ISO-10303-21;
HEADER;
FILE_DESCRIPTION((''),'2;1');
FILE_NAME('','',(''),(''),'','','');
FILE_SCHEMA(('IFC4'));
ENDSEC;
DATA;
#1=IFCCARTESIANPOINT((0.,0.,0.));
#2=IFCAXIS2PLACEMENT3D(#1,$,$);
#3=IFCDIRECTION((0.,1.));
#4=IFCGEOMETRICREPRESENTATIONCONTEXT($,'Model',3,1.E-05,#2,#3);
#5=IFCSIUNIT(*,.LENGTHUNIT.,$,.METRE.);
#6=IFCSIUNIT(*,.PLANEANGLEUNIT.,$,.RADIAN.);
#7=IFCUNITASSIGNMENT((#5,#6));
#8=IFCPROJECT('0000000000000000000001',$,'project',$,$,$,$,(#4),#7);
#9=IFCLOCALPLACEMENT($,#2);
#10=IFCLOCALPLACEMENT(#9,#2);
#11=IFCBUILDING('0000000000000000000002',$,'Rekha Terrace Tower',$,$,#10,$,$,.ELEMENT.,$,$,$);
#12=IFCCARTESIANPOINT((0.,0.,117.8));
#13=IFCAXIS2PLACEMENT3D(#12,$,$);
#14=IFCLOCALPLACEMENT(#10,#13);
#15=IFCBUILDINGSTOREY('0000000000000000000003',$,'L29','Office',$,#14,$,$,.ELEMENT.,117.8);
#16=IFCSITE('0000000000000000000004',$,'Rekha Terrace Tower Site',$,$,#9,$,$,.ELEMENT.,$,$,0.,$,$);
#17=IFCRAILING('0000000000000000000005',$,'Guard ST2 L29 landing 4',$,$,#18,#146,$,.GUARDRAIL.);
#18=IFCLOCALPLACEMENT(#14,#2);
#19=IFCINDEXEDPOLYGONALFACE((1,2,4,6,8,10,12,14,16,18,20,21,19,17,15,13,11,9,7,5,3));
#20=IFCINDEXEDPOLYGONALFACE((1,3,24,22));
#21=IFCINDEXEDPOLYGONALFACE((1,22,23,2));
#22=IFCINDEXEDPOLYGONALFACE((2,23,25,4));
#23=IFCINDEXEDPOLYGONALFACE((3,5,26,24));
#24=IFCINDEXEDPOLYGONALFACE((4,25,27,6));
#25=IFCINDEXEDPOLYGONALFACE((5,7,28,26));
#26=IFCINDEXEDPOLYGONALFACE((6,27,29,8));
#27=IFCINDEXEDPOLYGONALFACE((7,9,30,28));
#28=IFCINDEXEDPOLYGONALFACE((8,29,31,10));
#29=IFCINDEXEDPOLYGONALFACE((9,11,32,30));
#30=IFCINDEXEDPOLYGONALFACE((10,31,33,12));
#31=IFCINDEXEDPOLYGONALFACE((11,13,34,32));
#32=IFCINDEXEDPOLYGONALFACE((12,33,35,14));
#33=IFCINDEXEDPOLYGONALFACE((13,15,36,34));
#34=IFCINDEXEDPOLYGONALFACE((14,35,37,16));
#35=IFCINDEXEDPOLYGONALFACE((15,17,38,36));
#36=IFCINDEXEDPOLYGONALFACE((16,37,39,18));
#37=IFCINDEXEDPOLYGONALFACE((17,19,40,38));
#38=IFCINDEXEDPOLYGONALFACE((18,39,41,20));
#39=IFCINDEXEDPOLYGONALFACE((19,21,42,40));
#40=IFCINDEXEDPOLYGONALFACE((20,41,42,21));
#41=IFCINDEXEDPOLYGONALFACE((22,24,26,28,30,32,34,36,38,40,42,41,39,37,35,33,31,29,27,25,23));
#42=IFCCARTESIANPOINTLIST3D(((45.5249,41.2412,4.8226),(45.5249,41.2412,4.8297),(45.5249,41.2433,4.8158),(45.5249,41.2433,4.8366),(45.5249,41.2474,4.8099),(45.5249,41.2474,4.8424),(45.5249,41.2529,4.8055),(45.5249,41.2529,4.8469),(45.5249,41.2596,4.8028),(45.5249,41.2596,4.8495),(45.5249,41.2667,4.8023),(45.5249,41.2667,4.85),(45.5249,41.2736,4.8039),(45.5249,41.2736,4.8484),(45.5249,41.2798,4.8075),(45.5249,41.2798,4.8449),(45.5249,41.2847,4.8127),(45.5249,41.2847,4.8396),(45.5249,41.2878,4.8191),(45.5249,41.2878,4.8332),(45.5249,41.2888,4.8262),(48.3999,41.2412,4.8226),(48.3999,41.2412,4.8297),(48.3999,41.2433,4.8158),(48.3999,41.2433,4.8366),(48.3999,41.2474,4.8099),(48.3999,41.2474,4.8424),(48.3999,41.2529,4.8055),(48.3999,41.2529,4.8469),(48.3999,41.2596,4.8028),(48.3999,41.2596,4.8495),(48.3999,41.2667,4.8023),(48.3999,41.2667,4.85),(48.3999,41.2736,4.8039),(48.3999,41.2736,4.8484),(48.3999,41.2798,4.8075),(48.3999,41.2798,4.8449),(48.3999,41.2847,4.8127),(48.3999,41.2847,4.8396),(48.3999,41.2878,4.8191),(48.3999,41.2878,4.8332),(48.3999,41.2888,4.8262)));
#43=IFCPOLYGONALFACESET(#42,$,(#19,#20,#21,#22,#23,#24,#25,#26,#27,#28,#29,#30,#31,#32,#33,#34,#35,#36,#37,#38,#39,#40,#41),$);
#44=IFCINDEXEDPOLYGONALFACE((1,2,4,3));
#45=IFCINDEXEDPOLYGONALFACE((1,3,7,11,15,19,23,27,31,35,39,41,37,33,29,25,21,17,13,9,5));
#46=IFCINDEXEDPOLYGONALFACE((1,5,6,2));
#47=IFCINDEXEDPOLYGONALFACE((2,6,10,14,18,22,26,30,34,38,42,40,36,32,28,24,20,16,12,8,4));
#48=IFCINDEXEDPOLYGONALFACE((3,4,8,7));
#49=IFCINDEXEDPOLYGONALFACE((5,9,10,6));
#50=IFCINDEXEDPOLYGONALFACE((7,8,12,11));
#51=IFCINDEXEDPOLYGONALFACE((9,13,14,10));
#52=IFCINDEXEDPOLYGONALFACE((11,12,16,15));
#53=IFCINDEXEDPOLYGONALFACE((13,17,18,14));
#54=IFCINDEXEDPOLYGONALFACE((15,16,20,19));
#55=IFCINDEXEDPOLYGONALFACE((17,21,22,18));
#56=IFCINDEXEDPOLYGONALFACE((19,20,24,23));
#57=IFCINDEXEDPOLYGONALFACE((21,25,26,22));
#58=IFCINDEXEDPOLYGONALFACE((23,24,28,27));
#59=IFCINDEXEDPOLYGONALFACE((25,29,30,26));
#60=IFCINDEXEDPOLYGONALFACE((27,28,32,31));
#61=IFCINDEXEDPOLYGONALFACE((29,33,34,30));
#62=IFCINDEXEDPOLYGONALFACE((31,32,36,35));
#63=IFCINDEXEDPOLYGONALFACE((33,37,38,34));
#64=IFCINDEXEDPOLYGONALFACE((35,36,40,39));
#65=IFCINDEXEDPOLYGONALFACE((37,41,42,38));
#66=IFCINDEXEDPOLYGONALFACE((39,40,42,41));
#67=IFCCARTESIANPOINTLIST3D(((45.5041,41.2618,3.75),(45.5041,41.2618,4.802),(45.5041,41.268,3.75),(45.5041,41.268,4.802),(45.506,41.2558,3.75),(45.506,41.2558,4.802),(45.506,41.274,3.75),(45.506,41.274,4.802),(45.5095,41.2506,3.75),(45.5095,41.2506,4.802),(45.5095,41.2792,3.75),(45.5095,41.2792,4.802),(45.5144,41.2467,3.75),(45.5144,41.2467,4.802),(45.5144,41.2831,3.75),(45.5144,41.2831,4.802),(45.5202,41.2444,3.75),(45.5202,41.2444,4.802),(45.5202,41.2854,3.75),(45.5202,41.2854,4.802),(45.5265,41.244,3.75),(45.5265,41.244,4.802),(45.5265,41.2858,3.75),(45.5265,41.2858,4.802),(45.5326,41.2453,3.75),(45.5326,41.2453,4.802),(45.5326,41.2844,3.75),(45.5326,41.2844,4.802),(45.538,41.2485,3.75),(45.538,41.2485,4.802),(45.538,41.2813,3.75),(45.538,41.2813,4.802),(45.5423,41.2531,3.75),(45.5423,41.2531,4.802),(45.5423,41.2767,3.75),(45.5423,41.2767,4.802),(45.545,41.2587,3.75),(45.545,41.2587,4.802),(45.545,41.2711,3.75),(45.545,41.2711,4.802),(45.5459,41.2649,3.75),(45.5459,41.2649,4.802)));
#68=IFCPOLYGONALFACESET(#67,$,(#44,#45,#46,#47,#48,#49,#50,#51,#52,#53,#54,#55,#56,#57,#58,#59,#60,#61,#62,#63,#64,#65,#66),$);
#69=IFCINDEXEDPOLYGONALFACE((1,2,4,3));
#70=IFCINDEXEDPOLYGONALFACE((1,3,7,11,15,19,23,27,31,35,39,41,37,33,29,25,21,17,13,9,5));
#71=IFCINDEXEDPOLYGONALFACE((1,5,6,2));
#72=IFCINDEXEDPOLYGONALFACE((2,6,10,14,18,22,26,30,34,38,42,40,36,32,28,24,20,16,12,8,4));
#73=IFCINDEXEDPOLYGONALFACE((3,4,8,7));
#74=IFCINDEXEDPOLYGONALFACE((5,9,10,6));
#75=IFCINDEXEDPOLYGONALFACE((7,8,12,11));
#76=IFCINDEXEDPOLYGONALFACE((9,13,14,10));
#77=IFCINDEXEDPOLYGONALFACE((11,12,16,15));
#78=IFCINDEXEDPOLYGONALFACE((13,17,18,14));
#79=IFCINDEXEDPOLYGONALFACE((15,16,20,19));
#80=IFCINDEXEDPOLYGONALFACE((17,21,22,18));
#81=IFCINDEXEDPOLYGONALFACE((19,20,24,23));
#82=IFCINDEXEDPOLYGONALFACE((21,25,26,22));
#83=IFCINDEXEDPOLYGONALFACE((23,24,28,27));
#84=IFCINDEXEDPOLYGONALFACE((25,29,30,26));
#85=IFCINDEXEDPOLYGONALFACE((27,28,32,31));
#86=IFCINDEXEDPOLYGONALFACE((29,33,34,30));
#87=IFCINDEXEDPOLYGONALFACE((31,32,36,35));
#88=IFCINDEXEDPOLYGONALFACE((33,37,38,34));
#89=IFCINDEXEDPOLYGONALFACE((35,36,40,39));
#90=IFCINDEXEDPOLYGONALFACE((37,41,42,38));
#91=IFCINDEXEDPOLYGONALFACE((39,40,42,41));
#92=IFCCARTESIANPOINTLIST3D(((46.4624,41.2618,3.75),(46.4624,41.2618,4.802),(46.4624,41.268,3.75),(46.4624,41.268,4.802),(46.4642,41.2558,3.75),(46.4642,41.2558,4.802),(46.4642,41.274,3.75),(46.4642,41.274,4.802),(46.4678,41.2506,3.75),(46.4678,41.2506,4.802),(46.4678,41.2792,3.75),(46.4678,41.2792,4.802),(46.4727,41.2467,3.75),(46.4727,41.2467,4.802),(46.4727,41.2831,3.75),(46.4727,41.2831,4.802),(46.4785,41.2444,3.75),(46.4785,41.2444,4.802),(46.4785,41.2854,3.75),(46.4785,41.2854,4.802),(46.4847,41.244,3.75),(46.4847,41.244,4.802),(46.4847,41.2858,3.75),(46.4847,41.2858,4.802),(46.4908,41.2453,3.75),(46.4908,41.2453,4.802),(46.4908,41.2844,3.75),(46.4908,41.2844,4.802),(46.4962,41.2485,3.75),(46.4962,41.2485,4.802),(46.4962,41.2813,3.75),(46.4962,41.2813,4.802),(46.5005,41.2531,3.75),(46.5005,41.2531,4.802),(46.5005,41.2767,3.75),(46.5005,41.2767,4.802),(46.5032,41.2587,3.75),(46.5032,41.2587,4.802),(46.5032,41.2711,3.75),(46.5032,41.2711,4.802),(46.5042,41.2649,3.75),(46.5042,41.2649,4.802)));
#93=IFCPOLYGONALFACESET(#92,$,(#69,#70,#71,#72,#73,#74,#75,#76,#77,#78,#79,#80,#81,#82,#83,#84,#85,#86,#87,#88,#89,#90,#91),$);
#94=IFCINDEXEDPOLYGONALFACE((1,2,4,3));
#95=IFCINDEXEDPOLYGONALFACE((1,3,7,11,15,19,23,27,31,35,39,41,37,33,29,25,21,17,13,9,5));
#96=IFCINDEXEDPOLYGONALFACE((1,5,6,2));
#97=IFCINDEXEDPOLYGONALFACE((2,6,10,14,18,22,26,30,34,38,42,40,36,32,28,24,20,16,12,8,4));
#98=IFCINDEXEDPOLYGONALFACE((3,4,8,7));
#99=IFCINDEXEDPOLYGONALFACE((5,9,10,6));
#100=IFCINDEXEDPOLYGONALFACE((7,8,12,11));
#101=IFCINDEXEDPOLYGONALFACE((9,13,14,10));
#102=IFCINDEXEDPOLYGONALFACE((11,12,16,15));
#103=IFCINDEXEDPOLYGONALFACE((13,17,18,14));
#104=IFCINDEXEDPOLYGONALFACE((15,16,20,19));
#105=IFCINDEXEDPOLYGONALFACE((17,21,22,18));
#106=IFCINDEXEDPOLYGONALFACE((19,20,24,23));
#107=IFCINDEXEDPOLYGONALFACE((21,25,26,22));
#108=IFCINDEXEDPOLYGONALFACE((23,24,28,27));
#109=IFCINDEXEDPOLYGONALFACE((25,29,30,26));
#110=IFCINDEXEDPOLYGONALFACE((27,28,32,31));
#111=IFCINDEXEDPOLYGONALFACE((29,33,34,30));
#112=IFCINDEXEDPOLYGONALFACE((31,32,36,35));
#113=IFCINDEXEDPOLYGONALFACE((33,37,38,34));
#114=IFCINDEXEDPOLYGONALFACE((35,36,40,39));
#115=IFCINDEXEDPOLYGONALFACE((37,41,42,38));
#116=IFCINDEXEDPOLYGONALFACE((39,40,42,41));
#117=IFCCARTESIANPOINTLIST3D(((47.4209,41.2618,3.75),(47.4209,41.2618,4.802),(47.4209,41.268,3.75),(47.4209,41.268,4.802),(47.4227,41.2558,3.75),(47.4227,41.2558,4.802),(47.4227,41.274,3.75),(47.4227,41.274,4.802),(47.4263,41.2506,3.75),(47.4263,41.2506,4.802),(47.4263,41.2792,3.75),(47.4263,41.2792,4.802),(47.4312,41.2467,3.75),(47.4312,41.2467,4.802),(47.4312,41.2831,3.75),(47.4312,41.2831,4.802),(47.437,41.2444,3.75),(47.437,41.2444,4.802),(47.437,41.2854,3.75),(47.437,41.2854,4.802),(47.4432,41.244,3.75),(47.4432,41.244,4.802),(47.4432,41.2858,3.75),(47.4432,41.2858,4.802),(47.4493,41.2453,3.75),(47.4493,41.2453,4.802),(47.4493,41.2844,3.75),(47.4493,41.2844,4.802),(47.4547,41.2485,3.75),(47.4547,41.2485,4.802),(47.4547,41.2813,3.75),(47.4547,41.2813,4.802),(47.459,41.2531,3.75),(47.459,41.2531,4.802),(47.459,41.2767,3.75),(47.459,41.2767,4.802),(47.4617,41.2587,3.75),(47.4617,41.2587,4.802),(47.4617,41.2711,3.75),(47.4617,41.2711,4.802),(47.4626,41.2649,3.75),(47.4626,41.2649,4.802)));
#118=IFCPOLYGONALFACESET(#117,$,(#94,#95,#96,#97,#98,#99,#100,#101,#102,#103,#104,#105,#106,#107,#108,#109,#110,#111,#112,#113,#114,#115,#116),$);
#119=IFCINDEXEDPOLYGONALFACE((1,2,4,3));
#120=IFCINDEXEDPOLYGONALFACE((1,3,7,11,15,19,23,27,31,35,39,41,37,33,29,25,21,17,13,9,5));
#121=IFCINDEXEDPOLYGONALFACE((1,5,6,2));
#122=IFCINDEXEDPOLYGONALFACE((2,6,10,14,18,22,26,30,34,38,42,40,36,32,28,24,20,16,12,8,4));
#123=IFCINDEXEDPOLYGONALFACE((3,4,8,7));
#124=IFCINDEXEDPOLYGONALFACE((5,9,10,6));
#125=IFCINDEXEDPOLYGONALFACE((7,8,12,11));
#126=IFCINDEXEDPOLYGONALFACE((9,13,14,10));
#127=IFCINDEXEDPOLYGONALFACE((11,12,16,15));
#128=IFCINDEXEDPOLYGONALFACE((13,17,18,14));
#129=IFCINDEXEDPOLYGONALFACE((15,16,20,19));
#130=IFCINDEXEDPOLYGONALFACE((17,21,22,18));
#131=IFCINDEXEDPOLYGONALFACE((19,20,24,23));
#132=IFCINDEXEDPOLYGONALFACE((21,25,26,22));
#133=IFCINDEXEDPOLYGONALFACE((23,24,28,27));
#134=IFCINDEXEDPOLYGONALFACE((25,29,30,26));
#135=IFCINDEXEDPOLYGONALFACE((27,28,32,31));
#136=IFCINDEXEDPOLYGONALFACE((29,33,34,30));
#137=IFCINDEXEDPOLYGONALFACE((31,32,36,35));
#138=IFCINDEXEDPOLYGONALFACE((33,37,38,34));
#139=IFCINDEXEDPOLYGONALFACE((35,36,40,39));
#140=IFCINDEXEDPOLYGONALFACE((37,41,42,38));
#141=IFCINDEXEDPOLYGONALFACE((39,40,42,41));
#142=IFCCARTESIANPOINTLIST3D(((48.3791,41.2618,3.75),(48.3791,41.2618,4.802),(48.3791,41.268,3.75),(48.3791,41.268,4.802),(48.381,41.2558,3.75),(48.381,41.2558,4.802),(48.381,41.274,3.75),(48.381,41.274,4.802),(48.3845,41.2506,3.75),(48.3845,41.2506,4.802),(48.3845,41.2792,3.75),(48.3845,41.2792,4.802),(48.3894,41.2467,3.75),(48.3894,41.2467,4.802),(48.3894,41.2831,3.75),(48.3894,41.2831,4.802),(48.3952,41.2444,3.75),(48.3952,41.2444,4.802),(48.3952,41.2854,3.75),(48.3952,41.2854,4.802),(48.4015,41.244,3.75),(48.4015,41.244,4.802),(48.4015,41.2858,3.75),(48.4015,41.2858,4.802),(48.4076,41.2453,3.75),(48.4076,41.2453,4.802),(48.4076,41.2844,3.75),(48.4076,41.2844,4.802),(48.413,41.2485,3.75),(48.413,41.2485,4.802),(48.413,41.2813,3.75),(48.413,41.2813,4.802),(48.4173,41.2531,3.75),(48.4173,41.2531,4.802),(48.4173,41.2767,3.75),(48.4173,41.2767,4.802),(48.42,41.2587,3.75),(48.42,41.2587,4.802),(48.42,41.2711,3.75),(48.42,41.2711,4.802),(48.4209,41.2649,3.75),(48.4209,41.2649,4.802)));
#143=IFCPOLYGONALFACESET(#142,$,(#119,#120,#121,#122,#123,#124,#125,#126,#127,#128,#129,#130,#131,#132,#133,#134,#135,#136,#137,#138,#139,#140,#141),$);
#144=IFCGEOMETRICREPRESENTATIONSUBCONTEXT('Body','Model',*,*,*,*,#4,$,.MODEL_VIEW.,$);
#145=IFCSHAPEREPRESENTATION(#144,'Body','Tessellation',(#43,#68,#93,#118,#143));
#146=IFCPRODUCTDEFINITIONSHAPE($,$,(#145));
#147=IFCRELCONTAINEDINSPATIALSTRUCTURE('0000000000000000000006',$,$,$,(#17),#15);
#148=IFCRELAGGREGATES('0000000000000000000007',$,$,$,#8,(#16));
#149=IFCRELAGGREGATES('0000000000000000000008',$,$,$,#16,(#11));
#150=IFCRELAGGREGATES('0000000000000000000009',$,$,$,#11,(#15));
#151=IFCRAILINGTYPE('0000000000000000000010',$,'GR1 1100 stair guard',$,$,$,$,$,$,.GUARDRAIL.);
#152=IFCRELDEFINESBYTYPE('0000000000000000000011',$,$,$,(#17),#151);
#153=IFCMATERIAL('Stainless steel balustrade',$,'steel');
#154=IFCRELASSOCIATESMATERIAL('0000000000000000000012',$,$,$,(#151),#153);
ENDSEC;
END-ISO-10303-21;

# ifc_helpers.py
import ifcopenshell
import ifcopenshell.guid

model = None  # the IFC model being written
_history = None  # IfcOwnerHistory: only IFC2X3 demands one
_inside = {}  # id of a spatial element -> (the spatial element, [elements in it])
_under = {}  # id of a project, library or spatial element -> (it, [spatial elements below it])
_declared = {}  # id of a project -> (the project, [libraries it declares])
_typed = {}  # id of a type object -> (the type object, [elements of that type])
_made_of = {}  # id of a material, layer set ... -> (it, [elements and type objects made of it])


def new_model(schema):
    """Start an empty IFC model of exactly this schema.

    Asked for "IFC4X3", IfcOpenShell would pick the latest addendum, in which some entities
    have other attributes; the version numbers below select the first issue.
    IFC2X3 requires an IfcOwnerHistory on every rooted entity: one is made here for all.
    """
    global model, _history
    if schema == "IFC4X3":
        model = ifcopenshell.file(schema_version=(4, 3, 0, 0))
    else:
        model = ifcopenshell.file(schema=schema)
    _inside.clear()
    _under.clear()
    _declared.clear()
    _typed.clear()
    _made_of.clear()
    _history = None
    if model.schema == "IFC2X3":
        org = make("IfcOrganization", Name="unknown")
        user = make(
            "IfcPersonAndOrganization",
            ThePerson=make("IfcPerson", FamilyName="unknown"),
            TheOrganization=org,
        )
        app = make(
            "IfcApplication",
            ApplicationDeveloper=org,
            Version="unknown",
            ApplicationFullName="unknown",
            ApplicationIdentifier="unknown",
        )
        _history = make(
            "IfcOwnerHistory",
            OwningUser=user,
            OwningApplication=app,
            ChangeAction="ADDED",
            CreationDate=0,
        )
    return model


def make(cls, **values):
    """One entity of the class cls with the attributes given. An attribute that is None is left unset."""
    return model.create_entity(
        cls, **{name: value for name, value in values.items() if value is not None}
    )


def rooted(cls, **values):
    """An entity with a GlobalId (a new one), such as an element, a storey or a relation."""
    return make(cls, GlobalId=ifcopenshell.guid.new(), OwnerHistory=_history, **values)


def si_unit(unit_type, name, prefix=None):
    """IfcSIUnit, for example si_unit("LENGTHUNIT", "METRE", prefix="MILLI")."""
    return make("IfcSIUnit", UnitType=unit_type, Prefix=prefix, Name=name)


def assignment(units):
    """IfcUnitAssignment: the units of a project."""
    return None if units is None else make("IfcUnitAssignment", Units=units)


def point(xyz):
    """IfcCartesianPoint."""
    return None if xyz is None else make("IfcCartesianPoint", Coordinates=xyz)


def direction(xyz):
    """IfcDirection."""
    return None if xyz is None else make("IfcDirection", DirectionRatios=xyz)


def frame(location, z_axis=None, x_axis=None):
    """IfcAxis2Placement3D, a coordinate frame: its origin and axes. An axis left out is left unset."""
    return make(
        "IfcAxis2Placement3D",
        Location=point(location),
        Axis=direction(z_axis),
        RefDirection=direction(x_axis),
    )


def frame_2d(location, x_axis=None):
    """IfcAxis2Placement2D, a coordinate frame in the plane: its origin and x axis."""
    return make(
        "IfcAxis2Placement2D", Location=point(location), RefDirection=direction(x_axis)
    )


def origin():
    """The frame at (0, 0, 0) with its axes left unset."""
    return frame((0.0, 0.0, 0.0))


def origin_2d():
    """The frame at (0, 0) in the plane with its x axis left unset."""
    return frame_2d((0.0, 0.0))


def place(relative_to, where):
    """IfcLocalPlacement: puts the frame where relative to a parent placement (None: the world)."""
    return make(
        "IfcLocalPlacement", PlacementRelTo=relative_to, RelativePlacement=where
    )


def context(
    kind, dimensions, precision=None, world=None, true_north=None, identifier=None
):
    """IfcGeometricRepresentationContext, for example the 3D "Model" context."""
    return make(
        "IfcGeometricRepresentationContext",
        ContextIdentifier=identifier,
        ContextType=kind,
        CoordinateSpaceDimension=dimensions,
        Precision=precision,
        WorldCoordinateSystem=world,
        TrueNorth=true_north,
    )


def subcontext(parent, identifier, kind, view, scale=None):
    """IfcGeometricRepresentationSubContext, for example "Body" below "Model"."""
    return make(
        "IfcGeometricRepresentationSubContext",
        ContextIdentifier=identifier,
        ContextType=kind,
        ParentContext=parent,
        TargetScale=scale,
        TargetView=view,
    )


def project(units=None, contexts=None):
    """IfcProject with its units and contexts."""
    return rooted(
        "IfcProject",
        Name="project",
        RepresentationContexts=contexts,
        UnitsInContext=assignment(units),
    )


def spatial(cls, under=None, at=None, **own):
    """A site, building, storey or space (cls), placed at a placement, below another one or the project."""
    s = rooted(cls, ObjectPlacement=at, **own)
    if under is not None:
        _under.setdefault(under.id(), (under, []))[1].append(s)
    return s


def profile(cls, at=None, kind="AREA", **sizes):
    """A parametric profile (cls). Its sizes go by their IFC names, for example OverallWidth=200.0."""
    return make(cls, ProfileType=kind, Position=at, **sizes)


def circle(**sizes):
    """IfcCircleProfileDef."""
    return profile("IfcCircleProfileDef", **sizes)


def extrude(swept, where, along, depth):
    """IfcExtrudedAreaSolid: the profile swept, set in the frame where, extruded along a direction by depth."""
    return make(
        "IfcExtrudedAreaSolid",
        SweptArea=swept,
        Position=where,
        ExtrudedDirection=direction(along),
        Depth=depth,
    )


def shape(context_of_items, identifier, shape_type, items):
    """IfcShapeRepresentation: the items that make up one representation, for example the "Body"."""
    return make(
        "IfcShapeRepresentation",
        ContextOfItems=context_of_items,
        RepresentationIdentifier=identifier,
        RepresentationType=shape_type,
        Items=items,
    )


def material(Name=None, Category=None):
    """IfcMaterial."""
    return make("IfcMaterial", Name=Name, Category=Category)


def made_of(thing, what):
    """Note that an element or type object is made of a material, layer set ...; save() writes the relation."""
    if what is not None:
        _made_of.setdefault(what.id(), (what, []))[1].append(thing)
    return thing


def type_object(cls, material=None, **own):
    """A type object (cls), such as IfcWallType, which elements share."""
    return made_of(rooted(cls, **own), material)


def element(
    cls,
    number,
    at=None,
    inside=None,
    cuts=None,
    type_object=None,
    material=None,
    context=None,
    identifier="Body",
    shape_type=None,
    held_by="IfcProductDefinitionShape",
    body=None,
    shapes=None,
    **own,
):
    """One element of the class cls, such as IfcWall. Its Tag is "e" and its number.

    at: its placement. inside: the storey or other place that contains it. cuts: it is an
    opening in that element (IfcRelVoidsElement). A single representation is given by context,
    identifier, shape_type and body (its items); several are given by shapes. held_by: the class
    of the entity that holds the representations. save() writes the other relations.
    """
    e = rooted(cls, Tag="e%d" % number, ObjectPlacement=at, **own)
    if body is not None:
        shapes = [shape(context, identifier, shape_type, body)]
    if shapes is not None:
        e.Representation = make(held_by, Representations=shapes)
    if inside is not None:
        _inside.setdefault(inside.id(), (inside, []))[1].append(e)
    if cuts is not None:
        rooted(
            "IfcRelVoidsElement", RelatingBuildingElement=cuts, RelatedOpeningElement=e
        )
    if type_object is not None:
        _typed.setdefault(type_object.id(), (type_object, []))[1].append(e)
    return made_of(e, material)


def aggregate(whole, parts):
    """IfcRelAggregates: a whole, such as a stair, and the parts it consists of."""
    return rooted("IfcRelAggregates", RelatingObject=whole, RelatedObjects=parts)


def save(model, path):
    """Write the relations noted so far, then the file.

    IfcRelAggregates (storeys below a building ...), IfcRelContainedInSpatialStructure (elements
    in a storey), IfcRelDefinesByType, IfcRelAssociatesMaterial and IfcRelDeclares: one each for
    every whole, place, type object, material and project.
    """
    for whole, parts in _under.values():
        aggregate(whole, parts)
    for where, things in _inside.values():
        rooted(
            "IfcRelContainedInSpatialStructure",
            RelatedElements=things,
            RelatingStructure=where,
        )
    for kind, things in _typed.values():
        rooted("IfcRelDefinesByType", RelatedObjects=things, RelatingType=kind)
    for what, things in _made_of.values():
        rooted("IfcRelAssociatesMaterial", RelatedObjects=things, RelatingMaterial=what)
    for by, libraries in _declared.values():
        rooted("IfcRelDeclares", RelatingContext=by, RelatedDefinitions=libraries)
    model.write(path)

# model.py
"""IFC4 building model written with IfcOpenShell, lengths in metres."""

from ifc_helpers import new_model, si_unit, direction, frame, origin, origin_2d, place, context, subcontext, project, spatial, circle, extrude, material, type_object, element, save


model = new_model("IFC4")

# Units and contexts
model_context = context("Model", 3, precision=1e-05, world=origin(), true_north=direction((0.0, 1.0)))
body_context = subcontext(model_context, "Body", "Model", "MODEL_VIEW")
ifc_project = project(units=[si_unit("LENGTHUNIT", "METRE"), si_unit("PLANEANGLEUNIT", "RADIAN")], contexts=[model_context])

# Site, building, storey
site_placement = place(None, origin())
site = spatial("IfcSite", under=ifc_project, at=site_placement, Name="Rekha Terrace Tower Site", CompositionType="ELEMENT", RefElevation=0.0)
building_placement = place(site_placement, origin())
building = spatial("IfcBuilding", under=site, at=building_placement, Name="Rekha Terrace Tower", CompositionType="ELEMENT")
storey_placement = place(building_placement, frame((0.0, 0.0, 117.8)))
storey = spatial("IfcBuildingStorey", under=building, at=storey_placement, Name="L29", Description="Office", CompositionType="ELEMENT", Elevation=117.8)

# Railing
ifc_material_1 = material(Name="Stainless steel balustrade", Category="steel")
railing_type_1 = type_object("IfcRailingType", Name="GR1 1100 stair guard", PredefinedType="GUARDRAIL", material=ifc_material_1)
railing_1_placement = place(storey_placement, frame((45.5249, 41.2649, 3.75)))
element("IfcRailing", 1, at=railing_1_placement, inside=storey, type_object=railing_type_1, Name="Guard ST2 L29 landing 4", PredefinedType="GUARDRAIL", context=body_context, shape_type="SweptSolid", body=[
    extrude(circle(Radius=0.0239, at=origin_2d()), frame((0.0, 0.0, 1.0762), z_axis=(1.0, 0.0, 0.0), x_axis=(0.0, 1.0, 0.0)), (0.0, 0.0, 1.0), 2.875),
    extrude(circle(Radius=0.021, at=origin_2d()), origin(), (0.0, 0.0, 1.0), 1.052),
    extrude(circle(Radius=0.021, at=origin_2d()), frame((0.9583, 0.0, 0.0)), (0.0, 0.0, 1.0), 1.052),
    extrude(circle(Radius=0.021, at=origin_2d()), frame((1.9167, 0.0, 0.0)), (0.0, 0.0, 1.0), 1.052),
    extrude(circle(Radius=0.021, at=origin_2d()), frame((2.875, 0.0, 0.0)), (0.0, 0.0, 1.0), 1.052),
])

save(model, "model.ifc")
